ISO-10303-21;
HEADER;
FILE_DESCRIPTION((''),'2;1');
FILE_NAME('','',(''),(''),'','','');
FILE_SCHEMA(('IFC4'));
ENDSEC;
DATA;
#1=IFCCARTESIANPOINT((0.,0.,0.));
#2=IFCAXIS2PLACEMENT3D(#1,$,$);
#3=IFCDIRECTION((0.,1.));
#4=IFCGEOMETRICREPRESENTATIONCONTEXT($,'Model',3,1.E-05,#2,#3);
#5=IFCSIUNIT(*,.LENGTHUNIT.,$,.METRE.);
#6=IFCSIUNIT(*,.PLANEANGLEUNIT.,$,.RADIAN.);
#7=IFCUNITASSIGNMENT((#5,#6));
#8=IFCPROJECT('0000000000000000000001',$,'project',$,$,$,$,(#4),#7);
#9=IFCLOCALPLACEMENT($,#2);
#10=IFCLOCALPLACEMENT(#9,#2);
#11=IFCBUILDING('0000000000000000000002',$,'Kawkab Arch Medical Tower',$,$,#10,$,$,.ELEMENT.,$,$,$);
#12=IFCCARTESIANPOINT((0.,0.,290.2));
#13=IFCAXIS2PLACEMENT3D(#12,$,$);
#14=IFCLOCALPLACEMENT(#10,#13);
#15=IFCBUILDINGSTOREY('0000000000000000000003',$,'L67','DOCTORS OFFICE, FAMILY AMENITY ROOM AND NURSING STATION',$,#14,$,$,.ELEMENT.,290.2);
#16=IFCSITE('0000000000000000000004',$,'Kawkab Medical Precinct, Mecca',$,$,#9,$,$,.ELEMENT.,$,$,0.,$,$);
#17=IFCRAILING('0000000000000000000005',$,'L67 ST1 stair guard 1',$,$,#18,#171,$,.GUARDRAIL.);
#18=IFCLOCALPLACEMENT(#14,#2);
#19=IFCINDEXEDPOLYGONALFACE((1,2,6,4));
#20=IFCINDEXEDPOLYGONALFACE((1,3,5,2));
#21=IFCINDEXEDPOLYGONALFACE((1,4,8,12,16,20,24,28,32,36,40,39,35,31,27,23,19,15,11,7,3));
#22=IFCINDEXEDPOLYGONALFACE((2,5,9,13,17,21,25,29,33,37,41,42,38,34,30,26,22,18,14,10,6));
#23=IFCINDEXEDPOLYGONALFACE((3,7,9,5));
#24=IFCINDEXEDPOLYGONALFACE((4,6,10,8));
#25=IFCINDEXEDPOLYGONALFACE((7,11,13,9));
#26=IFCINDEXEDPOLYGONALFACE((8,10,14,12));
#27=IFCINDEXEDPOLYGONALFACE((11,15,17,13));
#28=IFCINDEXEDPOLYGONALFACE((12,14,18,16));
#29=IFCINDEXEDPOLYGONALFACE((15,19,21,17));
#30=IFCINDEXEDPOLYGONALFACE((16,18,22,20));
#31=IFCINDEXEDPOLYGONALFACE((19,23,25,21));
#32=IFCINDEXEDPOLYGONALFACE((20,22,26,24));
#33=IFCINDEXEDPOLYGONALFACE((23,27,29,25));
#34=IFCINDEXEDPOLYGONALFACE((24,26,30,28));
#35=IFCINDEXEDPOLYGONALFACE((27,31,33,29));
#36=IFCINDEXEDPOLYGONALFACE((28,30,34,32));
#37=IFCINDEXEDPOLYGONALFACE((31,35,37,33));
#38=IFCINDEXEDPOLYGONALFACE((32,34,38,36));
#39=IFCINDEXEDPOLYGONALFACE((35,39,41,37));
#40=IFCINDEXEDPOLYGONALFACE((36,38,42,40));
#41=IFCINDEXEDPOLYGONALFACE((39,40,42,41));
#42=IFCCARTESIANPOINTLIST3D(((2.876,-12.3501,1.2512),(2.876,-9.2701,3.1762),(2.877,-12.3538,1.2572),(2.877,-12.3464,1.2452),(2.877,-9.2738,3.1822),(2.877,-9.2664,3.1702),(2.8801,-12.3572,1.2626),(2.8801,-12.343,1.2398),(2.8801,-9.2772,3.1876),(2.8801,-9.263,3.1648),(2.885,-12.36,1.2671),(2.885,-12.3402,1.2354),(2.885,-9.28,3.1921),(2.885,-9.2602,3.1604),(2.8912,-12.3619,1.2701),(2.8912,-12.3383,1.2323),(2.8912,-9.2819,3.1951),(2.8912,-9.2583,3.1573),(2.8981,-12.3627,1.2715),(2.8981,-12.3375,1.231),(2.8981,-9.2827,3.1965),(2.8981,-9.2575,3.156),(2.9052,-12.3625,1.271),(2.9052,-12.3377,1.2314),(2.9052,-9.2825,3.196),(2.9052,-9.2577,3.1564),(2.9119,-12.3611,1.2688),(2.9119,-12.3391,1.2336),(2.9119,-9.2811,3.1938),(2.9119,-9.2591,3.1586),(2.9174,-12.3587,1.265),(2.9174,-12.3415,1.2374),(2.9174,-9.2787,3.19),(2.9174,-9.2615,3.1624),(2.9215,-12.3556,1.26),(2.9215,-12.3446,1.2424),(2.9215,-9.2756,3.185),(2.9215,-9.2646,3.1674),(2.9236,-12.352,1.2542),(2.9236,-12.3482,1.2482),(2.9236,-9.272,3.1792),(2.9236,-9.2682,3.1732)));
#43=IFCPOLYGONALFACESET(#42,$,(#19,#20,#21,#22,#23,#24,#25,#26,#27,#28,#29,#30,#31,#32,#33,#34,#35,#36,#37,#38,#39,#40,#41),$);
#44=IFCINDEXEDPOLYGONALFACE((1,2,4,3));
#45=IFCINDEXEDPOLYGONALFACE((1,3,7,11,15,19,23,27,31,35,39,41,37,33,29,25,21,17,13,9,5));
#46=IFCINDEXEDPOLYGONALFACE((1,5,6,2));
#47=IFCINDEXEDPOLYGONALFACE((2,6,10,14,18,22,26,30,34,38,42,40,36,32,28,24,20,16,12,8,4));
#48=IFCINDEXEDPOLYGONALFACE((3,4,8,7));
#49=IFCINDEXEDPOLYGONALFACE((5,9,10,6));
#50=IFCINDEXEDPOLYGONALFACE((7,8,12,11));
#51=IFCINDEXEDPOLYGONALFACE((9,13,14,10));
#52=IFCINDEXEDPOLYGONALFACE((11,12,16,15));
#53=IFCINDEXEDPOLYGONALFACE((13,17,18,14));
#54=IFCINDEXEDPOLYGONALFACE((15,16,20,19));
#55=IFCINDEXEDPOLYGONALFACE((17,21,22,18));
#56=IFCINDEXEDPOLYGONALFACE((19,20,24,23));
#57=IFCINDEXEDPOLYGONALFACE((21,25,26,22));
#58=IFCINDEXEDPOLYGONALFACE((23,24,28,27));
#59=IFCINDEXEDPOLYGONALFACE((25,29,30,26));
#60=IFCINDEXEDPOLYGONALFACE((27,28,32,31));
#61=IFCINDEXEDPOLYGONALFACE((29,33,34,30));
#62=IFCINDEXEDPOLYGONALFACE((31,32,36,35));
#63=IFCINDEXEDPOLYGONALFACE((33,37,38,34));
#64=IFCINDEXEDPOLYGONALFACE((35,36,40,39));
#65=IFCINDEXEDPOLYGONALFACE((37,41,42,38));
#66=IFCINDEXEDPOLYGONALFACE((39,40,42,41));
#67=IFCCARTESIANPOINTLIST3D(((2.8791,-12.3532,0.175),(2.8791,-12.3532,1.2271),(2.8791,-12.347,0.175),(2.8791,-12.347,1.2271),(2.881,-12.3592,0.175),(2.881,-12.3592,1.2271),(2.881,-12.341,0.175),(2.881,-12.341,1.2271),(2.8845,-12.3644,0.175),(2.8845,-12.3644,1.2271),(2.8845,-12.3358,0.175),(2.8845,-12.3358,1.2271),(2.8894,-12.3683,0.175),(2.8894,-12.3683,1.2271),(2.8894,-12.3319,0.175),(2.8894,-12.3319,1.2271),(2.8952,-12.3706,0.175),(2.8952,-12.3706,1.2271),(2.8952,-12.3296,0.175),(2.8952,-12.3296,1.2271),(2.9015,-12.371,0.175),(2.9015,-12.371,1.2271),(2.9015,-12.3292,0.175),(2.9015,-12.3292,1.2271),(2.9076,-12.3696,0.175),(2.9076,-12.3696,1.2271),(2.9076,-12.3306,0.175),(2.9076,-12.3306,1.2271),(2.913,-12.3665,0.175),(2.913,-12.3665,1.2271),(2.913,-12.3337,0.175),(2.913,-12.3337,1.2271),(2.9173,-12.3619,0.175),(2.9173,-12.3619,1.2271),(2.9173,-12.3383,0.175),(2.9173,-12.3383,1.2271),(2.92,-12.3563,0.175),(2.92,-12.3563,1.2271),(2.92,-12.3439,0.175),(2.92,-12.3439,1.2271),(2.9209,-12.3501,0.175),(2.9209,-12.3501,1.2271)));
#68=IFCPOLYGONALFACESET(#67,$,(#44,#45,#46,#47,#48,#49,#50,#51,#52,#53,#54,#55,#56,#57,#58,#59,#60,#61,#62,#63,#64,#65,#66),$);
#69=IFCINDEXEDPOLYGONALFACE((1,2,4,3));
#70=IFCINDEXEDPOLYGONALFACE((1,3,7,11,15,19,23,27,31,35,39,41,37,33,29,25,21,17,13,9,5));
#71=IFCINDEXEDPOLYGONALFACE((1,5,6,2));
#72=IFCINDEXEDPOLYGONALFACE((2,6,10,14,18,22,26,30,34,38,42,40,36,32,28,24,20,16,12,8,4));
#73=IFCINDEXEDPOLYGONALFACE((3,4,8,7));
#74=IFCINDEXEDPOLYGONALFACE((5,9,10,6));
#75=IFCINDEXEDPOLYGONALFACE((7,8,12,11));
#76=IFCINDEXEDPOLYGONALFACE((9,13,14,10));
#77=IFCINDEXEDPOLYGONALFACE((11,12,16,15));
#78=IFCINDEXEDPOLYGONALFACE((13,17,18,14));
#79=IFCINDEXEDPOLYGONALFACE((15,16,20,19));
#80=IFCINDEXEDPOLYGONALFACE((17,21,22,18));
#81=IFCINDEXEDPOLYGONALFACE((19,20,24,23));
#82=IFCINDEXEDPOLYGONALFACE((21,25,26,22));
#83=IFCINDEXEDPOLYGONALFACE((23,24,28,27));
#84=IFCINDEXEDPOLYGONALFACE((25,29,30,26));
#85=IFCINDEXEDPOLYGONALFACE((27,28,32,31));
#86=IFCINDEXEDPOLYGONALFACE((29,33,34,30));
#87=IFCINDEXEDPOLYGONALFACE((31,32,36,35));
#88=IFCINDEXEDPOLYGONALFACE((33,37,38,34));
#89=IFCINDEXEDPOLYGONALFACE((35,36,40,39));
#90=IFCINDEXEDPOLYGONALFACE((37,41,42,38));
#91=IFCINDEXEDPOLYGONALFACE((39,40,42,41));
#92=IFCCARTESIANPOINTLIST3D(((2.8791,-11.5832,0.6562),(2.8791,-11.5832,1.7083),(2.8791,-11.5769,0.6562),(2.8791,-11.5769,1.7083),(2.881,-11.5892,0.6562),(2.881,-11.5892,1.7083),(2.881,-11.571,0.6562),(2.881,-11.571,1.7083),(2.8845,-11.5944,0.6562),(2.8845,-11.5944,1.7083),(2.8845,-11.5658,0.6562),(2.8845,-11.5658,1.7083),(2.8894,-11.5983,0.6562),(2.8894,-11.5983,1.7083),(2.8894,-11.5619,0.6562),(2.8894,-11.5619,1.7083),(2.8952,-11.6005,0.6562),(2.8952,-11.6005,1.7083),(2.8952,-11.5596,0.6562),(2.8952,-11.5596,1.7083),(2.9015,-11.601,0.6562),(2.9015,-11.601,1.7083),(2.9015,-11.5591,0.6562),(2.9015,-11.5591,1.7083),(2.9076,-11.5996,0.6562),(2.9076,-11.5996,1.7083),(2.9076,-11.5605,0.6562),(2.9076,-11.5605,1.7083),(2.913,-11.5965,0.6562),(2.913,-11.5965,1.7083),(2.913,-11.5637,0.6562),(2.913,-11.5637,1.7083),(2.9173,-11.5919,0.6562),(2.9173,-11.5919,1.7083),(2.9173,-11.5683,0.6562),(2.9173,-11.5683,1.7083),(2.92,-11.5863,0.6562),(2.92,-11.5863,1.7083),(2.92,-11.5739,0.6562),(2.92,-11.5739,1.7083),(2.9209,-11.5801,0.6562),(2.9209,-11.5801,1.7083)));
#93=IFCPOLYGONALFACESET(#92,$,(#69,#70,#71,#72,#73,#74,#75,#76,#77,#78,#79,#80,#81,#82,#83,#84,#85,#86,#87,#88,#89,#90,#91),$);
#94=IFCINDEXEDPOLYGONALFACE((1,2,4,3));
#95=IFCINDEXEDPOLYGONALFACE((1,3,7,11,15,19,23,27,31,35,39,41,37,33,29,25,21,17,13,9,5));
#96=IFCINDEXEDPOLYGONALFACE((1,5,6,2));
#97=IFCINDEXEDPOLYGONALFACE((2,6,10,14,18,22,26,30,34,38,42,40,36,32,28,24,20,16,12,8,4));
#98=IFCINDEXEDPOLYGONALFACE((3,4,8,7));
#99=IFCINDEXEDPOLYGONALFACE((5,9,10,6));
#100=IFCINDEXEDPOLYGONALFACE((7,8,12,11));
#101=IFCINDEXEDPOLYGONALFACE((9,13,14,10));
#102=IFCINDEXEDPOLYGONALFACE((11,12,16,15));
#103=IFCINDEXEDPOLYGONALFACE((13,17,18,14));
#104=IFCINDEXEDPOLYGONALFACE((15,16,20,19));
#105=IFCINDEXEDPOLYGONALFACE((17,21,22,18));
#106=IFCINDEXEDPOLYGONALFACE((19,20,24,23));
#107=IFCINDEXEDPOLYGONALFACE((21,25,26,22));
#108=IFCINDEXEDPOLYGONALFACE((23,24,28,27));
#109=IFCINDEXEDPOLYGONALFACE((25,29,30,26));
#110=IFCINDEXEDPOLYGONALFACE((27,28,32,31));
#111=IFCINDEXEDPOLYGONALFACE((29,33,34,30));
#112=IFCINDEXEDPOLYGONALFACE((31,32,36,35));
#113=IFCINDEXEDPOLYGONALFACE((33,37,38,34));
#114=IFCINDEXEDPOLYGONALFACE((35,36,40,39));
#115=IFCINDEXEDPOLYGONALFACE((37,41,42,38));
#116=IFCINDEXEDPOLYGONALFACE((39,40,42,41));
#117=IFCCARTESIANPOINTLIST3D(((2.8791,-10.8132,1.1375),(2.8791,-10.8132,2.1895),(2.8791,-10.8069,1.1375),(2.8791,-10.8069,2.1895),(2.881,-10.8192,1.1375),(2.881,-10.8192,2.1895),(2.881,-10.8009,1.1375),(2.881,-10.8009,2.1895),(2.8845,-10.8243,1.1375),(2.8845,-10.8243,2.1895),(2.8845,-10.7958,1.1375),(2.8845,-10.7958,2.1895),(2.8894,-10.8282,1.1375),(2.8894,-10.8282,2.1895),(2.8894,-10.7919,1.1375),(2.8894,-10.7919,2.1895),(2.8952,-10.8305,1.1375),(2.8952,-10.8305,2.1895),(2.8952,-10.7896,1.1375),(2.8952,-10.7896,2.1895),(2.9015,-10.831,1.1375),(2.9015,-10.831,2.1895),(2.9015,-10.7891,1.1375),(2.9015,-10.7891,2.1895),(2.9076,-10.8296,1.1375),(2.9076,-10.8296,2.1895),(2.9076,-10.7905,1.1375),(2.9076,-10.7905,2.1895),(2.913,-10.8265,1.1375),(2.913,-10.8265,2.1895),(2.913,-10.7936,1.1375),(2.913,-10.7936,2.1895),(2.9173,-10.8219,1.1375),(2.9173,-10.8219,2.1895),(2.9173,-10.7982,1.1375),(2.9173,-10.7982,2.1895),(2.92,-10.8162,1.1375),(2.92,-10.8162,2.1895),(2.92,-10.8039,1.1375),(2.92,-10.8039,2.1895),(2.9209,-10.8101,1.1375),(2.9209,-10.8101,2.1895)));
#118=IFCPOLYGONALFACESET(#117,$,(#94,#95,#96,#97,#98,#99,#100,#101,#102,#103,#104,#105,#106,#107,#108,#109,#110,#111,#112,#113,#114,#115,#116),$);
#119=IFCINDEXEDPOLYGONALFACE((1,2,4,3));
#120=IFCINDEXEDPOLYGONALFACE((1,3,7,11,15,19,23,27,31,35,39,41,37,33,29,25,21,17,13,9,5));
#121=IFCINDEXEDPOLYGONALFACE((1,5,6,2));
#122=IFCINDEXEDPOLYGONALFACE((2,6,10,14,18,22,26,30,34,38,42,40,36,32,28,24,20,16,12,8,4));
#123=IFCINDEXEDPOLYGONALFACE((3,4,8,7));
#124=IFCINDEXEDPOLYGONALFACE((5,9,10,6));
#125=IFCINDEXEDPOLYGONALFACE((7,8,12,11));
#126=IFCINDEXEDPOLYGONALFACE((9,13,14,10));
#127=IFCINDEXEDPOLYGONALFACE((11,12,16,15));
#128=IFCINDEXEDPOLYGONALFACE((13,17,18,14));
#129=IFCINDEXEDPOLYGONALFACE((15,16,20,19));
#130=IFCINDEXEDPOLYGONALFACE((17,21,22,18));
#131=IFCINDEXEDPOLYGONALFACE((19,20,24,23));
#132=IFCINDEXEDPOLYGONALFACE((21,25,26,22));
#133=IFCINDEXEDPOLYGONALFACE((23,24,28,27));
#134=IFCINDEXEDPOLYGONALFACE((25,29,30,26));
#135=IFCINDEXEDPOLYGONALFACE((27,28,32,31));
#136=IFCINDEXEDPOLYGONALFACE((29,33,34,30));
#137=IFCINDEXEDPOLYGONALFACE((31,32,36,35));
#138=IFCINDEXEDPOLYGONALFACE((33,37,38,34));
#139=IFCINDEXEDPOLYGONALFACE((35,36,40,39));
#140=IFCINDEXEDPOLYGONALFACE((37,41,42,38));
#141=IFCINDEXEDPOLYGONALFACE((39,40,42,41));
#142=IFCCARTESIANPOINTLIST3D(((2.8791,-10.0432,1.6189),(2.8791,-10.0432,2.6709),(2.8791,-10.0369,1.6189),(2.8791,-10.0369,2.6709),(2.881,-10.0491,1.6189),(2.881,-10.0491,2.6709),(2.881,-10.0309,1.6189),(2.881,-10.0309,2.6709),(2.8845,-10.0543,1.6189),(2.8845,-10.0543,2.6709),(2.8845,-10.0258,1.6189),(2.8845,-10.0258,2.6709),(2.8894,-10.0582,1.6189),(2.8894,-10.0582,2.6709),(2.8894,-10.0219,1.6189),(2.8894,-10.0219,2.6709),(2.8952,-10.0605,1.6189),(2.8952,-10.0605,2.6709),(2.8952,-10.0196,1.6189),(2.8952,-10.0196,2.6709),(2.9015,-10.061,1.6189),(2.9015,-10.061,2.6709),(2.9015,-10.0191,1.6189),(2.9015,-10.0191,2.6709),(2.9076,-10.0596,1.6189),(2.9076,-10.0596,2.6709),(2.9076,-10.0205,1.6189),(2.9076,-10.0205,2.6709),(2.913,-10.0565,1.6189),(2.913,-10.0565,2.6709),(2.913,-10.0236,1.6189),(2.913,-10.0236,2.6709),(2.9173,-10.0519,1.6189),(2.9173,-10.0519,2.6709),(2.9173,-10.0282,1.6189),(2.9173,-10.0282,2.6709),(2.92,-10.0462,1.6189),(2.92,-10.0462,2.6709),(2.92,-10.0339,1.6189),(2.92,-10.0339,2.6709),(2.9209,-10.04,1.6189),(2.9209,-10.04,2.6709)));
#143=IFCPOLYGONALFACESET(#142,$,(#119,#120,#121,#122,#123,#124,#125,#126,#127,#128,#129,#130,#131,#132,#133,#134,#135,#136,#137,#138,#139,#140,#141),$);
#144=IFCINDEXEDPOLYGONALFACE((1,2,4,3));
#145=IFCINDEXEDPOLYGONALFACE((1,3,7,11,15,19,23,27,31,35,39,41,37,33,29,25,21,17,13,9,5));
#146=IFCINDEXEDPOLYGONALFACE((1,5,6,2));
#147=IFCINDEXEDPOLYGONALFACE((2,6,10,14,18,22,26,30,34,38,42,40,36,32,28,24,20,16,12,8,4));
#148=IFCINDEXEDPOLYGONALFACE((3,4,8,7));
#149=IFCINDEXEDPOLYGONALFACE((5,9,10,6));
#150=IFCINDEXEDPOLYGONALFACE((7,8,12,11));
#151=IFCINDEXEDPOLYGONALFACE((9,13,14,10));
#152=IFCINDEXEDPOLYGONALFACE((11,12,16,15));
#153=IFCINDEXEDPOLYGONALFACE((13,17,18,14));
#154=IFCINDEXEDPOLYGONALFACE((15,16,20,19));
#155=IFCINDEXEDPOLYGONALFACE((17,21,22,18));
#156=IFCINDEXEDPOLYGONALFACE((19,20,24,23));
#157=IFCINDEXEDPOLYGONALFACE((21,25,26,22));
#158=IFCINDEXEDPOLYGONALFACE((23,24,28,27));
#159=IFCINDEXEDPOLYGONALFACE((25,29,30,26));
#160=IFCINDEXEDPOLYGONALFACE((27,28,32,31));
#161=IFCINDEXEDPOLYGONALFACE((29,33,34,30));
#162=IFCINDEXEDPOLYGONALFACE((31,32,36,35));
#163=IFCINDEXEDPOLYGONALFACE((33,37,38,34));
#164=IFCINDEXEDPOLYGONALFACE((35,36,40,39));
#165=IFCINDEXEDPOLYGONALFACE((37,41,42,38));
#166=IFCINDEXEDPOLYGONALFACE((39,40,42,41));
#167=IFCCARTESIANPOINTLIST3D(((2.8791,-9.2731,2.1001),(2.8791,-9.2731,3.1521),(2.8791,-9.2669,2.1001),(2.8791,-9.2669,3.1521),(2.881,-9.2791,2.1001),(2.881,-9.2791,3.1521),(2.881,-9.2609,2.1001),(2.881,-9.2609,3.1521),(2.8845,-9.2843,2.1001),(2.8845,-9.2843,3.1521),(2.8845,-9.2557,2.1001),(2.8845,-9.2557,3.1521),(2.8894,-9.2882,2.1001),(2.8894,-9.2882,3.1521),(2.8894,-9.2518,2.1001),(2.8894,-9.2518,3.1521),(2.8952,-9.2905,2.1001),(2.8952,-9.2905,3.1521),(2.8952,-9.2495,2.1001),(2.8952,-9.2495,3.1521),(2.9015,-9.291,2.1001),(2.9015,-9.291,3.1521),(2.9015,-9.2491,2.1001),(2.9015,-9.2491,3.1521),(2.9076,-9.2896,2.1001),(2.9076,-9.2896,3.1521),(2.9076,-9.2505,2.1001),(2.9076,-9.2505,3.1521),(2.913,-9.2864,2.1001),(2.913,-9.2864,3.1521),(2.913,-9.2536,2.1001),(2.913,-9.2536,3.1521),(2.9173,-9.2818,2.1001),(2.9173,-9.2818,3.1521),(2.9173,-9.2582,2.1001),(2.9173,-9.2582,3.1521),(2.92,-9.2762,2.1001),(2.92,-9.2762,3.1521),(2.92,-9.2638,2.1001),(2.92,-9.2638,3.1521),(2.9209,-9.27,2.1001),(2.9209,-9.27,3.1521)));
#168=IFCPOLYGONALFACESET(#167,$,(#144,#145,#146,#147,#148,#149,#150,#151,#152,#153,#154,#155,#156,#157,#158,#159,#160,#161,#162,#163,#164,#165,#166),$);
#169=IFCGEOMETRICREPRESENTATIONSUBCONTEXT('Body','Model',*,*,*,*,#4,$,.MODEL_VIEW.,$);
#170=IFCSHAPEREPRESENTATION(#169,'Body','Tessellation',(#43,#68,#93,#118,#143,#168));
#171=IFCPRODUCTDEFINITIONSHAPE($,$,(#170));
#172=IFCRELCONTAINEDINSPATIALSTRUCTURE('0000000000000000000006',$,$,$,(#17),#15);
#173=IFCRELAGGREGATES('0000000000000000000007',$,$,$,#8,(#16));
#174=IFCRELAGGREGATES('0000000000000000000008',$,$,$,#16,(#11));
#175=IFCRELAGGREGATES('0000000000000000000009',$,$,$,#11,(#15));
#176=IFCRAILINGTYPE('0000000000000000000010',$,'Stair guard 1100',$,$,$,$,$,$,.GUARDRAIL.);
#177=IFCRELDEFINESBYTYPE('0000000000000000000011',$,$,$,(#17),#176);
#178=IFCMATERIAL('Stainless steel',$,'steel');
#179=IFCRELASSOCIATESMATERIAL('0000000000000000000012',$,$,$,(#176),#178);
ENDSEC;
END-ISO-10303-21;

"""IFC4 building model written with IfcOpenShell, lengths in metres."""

from ifc_helpers import new_model, si_unit, direction, frame, origin, origin_2d, place, context, subcontext, project, spatial, circle, extrude, material, type_object, element, save


model = new_model("IFC4")

# Units and contexts
model_context = context("Model", 3, precision=1e-05, world=origin(), true_north=direction((0.0, 1.0)))
body_context = subcontext(model_context, "Body", "Model", "MODEL_VIEW")
ifc_project = project(units=[si_unit("LENGTHUNIT", "METRE"), si_unit("PLANEANGLEUNIT", "RADIAN")], contexts=[model_context])

# Site, building, storey
site_placement = place(None, origin())
site = spatial("IfcSite", under=ifc_project, at=site_placement, Name="Kawkab Medical Precinct, Mecca", CompositionType="ELEMENT", RefElevation=0.0)
building_placement = place(site_placement, origin())
building = spatial("IfcBuilding", under=site, at=building_placement, Name="Kawkab Arch Medical Tower", CompositionType="ELEMENT")
storey_placement = place(building_placement, frame((0.0, 0.0, 290.2)))
storey = spatial("IfcBuildingStorey", under=building, at=storey_placement, Name="L67", Description="DOCTORS OFFICE, FAMILY AMENITY ROOM AND NURSING STATION", CompositionType="ELEMENT", Elevation=290.2)

# Railing
ifc_material_1 = material(Name="Stainless steel", Category="steel")
railing_type = type_object("IfcRailingType", Name="Stair guard 1100", PredefinedType="GUARDRAIL", material=ifc_material_1)
railing_1_placement = place(storey_placement, frame((2.8999, -12.3501, 0.175)))
element("IfcRailing", 1, at=railing_1_placement, inside=storey, type_object=railing_type, Name="L67 ST1 stair guard 1", PredefinedType="GUARDRAIL", context=body_context, shape_type="SweptSolid", body=[
    extrude(circle(Radius=0.0239, at=origin_2d()), frame((0.0, 0.0, 1.0762), z_axis=(0.0, 0.847998, 0.529999), x_axis=(-1.0, 0.0, 0.0)), (0.0, 0.0, 1.0), 3.6321),
    extrude(circle(Radius=0.021, at=origin_2d()), origin(), (0.0, 0.0, 1.0), 1.052),
    extrude(circle(Radius=0.021, at=origin_2d()), frame((0.0, 0.77, 0.4812)), (0.0, 0.0, 1.0), 1.052),
    extrude(circle(Radius=0.021, at=origin_2d()), frame((0.0, 1.54, 0.9624)), (0.0, 0.0, 1.0), 1.052),
    extrude(circle(Radius=0.021, at=origin_2d()), frame((0.0, 2.3101, 1.4438)), (0.0, 0.0, 1.0), 1.052),
    extrude(circle(Radius=0.021, at=origin_2d()), frame((0.0, 3.0801, 1.925)), (0.0, 0.0, 1.0), 1.052),
])

save(model, "model.ifc")
